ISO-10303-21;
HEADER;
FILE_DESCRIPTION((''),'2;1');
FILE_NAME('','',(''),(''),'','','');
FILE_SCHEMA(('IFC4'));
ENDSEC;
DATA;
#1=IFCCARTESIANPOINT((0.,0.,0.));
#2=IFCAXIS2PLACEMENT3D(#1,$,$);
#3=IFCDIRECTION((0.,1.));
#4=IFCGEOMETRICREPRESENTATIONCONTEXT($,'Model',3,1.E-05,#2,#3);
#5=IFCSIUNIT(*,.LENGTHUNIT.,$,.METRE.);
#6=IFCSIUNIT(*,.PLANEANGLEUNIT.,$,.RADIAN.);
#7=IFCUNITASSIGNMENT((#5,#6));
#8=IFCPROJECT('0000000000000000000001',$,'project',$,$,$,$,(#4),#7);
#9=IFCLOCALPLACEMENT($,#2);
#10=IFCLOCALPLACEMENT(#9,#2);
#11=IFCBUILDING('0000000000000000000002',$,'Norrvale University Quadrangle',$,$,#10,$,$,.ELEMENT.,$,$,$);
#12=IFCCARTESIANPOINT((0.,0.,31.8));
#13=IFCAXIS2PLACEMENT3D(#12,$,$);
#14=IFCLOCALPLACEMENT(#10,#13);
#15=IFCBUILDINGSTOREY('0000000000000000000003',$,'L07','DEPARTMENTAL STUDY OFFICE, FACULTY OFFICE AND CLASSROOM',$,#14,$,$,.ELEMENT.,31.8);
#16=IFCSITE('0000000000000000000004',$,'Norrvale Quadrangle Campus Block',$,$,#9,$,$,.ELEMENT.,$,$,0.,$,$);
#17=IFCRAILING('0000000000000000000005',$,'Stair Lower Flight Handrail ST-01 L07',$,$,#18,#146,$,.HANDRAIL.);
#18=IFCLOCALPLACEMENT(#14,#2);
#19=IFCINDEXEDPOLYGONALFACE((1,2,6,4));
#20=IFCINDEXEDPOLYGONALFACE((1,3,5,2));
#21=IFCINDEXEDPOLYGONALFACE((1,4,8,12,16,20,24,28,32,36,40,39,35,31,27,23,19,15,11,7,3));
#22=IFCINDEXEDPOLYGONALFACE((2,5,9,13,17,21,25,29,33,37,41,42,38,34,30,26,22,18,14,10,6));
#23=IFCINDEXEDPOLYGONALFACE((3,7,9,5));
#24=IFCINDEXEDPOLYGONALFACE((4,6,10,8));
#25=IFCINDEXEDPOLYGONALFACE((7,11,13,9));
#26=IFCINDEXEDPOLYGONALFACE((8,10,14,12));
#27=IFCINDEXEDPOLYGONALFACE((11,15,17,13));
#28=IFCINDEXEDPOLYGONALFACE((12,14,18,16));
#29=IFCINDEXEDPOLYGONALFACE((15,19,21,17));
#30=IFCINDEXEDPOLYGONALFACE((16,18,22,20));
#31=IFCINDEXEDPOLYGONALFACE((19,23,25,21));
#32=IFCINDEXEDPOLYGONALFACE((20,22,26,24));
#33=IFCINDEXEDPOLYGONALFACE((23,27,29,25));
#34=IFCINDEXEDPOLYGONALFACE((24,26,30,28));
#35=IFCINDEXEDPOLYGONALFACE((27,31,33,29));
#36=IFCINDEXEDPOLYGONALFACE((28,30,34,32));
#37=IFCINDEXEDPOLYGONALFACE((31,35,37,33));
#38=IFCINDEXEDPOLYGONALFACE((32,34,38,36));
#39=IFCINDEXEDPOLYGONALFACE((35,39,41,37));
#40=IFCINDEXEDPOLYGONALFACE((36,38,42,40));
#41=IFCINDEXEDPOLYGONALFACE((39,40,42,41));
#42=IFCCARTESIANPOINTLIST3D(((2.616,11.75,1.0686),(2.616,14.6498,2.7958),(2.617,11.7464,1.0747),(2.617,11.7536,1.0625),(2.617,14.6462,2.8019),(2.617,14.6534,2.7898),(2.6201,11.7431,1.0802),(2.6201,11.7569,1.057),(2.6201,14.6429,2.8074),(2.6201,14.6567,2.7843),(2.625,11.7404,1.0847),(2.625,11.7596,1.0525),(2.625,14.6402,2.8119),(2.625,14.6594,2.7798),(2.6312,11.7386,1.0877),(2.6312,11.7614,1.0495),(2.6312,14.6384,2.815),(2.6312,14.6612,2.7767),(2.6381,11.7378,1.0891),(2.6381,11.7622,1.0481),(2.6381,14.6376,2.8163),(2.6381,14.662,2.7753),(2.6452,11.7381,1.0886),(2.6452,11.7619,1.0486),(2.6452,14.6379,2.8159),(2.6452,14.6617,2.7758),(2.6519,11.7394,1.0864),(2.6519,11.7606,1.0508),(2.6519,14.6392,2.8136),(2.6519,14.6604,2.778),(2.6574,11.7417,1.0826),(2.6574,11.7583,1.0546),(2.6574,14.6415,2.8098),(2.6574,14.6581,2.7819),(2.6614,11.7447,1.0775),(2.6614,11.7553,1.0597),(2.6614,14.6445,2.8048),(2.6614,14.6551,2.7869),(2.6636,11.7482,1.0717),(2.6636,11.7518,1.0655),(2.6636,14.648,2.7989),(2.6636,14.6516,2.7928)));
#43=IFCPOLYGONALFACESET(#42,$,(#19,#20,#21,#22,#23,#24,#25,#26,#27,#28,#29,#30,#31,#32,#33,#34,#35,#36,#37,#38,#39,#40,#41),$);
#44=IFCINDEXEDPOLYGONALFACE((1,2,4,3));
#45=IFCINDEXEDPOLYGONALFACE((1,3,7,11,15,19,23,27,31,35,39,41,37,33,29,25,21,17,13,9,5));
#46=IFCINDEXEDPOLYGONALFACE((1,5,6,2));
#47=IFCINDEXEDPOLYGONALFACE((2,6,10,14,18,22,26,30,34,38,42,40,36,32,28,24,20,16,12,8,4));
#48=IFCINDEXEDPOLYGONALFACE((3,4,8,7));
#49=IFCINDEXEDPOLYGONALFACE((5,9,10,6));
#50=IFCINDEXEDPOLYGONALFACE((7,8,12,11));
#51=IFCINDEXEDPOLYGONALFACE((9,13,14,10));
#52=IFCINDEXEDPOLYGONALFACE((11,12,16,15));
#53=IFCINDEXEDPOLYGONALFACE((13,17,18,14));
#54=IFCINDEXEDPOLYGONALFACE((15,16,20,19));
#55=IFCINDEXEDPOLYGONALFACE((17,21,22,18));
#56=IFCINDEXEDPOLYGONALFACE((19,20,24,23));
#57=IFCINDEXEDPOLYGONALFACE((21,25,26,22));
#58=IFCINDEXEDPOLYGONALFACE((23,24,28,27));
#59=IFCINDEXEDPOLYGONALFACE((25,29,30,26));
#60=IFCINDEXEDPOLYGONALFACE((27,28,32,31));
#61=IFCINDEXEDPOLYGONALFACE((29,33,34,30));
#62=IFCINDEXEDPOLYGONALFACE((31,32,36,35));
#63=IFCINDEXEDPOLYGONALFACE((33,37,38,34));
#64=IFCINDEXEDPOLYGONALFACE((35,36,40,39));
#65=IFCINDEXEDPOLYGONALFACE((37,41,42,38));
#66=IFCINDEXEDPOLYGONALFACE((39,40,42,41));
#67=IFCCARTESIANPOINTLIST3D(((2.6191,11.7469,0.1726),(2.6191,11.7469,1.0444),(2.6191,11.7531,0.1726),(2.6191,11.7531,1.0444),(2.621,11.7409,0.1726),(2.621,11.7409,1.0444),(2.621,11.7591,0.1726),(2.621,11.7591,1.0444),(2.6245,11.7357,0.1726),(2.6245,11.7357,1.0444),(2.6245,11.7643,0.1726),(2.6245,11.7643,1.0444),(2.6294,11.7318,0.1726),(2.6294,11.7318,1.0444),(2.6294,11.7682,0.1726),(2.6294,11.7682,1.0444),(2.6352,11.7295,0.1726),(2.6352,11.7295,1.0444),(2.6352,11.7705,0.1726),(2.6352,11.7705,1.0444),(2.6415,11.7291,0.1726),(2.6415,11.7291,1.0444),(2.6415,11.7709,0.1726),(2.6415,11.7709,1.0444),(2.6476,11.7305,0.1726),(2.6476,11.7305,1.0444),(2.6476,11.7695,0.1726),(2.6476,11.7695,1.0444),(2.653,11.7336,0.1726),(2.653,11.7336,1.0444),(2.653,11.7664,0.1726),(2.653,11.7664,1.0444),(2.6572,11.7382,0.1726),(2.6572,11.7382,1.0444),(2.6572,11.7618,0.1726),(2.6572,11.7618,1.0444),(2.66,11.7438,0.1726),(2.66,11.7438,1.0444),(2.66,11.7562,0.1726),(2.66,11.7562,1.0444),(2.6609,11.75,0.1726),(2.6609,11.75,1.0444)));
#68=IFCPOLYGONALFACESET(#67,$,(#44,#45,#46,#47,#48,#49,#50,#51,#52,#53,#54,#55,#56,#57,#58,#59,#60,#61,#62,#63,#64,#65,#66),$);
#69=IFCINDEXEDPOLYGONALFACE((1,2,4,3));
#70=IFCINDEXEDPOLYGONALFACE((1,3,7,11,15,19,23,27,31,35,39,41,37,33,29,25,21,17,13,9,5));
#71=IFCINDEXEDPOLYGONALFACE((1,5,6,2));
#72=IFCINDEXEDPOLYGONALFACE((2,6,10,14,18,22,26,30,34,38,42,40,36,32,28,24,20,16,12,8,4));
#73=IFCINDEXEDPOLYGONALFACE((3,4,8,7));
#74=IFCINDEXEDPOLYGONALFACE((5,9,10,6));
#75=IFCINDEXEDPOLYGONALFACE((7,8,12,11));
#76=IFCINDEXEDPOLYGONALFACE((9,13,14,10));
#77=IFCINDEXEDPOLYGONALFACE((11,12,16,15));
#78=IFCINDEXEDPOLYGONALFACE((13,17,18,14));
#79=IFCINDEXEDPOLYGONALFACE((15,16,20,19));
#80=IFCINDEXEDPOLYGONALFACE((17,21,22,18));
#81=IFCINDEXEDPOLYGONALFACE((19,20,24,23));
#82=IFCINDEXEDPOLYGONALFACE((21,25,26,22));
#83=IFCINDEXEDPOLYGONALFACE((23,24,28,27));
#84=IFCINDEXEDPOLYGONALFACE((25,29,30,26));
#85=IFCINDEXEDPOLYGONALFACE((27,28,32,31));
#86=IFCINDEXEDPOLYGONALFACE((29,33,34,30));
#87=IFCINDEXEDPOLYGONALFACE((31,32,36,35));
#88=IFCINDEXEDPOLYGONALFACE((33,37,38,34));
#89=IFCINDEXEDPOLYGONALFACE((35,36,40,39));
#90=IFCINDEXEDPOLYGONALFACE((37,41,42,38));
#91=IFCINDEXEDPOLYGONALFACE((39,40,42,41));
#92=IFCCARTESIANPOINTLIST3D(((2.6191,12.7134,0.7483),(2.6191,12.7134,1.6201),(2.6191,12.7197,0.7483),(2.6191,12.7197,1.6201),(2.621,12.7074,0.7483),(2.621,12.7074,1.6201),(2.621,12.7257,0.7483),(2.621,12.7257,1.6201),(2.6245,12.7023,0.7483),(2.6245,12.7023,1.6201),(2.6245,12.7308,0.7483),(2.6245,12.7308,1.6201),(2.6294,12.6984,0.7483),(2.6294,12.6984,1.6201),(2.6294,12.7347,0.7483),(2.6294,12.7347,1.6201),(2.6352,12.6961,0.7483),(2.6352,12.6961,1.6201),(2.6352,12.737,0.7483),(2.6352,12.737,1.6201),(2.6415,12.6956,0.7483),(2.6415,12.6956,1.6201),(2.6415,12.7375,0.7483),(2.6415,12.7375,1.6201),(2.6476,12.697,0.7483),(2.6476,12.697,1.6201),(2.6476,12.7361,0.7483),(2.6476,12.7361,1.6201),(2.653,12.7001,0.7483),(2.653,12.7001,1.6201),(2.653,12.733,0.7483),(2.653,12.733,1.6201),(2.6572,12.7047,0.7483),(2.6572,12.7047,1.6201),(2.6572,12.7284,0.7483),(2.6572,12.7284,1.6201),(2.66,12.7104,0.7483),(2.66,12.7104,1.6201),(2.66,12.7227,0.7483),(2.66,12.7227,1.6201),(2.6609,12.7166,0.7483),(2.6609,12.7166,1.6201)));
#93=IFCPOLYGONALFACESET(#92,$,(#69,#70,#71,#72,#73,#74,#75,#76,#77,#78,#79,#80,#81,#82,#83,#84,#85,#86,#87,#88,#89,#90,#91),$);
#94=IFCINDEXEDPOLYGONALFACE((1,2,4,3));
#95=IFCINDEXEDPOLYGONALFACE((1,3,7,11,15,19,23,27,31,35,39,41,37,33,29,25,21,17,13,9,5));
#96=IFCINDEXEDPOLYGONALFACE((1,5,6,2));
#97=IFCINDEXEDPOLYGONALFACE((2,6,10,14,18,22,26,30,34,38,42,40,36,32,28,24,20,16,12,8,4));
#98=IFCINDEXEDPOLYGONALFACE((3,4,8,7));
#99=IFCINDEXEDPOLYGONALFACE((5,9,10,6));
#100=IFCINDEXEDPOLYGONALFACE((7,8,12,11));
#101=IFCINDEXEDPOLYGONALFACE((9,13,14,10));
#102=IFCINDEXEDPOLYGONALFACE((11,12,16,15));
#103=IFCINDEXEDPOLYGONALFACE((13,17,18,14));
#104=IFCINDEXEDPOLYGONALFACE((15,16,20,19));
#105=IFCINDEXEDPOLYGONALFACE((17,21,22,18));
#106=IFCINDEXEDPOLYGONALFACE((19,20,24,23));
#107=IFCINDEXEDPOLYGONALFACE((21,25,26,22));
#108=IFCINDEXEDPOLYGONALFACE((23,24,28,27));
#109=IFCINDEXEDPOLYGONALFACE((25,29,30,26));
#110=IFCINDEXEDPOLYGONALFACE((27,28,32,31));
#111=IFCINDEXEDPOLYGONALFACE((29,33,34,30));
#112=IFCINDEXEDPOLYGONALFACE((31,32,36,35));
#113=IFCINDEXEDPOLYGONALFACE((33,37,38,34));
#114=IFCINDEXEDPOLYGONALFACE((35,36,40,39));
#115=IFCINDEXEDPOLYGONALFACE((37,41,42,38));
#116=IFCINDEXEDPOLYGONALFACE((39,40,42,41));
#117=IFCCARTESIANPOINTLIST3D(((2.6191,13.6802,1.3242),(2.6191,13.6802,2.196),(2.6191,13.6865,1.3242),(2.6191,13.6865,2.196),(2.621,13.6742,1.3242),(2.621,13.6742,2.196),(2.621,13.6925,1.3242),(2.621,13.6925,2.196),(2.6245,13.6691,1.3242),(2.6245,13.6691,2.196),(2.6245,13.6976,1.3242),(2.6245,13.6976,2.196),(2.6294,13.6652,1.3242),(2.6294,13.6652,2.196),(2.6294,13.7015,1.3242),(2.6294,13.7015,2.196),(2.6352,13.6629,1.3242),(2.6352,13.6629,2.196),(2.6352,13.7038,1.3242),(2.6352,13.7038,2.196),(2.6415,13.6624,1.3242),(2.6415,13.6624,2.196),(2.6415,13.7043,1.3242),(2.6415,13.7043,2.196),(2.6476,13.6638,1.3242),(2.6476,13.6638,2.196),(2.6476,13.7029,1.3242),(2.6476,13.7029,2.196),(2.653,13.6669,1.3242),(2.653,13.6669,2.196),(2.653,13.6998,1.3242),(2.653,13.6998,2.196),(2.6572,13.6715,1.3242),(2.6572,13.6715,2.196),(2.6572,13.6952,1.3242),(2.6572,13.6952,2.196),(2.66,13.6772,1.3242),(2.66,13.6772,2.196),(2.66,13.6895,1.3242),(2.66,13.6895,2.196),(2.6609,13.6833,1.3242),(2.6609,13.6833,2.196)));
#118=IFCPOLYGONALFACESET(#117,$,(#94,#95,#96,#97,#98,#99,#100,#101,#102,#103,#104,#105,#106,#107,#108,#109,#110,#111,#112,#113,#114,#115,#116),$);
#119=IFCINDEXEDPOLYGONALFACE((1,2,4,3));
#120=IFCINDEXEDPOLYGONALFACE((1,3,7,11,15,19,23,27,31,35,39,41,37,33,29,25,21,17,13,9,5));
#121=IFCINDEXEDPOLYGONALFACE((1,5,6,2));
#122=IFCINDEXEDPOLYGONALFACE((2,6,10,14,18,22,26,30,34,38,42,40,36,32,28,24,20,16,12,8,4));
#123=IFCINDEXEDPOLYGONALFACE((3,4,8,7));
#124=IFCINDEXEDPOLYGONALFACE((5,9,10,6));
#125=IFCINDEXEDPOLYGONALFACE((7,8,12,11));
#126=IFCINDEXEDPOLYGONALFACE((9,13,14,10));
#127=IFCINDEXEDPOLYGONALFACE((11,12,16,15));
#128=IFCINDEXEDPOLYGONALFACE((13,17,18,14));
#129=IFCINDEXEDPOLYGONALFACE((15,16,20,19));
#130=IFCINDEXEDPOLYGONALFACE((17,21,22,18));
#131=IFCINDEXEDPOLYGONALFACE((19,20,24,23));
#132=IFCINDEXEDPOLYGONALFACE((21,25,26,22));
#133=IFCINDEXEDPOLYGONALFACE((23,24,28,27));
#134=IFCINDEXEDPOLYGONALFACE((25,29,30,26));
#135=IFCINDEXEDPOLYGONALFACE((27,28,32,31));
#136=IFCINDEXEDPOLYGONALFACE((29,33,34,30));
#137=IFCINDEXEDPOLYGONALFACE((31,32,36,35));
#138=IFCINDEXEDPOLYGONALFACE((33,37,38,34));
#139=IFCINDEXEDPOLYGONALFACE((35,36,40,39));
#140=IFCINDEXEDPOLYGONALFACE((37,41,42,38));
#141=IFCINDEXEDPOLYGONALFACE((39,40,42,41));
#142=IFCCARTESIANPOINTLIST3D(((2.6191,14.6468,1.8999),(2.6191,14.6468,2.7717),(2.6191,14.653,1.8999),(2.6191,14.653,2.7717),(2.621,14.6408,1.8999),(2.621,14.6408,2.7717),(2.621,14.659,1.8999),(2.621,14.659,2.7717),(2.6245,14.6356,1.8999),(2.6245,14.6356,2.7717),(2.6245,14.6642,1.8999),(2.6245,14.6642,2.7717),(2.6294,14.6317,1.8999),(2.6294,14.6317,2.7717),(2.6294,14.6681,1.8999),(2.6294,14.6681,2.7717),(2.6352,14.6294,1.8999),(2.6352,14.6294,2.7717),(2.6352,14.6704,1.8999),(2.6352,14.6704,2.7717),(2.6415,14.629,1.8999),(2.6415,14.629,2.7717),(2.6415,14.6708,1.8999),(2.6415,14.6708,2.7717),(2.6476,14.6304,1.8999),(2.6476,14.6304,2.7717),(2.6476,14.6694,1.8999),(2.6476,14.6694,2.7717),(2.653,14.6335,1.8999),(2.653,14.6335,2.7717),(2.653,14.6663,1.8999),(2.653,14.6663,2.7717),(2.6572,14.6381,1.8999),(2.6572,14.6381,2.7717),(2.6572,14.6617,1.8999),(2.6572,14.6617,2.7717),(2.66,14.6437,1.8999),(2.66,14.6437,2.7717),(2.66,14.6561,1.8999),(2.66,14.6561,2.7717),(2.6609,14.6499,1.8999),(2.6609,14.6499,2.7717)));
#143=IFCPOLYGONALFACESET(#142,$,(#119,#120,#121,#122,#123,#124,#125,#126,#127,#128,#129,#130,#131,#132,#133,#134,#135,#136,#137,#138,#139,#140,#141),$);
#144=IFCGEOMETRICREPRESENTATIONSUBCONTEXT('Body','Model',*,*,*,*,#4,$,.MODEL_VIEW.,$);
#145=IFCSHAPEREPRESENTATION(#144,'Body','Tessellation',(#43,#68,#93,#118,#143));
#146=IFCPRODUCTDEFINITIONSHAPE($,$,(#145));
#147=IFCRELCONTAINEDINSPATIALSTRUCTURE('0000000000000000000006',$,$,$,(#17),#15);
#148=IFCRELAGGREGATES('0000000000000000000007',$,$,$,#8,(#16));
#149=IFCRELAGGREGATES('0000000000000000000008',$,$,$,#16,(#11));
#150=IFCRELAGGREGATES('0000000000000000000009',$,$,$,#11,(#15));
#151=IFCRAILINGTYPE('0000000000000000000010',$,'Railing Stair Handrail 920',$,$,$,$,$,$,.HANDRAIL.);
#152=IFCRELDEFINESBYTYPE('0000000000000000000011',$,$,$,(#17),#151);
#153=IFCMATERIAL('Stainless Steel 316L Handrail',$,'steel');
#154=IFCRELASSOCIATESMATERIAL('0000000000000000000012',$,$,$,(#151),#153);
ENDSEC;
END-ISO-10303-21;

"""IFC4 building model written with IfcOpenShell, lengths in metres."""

from ifc_helpers import new_model, si_unit, direction, frame, origin, origin_2d, place, context, subcontext, project, spatial, circle, extrude, material, type_object, element, save


model = new_model("IFC4")

# Units and contexts
model_context = context("Model", 3, precision=1e-05, world=origin(), true_north=direction((0.0, 1.0)))
body_context = subcontext(model_context, "Body", "Model", "MODEL_VIEW")
ifc_project = project(units=[si_unit("LENGTHUNIT", "METRE"), si_unit("PLANEANGLEUNIT", "RADIAN")], contexts=[model_context])

# Site, building, storey
site_placement = place(None, origin())
site = spatial("IfcSite", under=ifc_project, at=site_placement, Name="Norrvale Quadrangle Campus Block", CompositionType="ELEMENT", RefElevation=0.0)
building_placement = place(site_placement, origin())
building = spatial("IfcBuilding", under=site, at=building_placement, Name="Norrvale University Quadrangle", CompositionType="ELEMENT")
storey_placement = place(building_placement, frame((0.0, 0.0, 31.8)))
storey = spatial("IfcBuildingStorey", under=building, at=storey_placement, Name="L07", Description="DEPARTMENTAL STUDY OFFICE, FACULTY OFFICE AND CLASSROOM", CompositionType="ELEMENT", Elevation=31.8)

# Railing
ifc_material_1 = material(Name="Stainless Steel 316L Handrail", Category="steel")
railing_type_1 = type_object("IfcRailingType", Name="Railing Stair Handrail 920", PredefinedType="HANDRAIL", material=ifc_material_1)
railing_placement = place(storey_placement, frame((2.6399, 11.75, 0.1726)))
element("IfcRailing", 1, at=railing_placement, inside=storey, type_object=railing_type_1, Name="Stair Lower Flight Handrail ST-01 L07", PredefinedType="HANDRAIL", context=body_context, shape_type="SweptSolid", body=[
    extrude(circle(Radius=0.0239, at=origin_2d()), frame((0.0, 0.0, 0.896), z_axis=(0.0, 0.859141, 0.511738), x_axis=(-1.0, 0.0, 0.0)), (0.0, 0.0, 1.0), 3.3752),
    extrude(circle(Radius=0.021, at=origin_2d()), origin(), (0.0, 0.0, 1.0), 0.8718),
    extrude(circle(Radius=0.021, at=origin_2d()), frame((0.0, 0.9666, 0.5757)), (0.0, 0.0, 1.0), 0.8718),
    extrude(circle(Radius=0.021, at=origin_2d()), frame((0.0, 1.9333, 1.1516)), (0.0, 0.0, 1.0), 0.8718),
    extrude(circle(Radius=0.021, at=origin_2d()), frame((0.0, 2.8999, 1.7273)), (0.0, 0.0, 1.0), 0.8718),
])

save(model, "model.ifc")
